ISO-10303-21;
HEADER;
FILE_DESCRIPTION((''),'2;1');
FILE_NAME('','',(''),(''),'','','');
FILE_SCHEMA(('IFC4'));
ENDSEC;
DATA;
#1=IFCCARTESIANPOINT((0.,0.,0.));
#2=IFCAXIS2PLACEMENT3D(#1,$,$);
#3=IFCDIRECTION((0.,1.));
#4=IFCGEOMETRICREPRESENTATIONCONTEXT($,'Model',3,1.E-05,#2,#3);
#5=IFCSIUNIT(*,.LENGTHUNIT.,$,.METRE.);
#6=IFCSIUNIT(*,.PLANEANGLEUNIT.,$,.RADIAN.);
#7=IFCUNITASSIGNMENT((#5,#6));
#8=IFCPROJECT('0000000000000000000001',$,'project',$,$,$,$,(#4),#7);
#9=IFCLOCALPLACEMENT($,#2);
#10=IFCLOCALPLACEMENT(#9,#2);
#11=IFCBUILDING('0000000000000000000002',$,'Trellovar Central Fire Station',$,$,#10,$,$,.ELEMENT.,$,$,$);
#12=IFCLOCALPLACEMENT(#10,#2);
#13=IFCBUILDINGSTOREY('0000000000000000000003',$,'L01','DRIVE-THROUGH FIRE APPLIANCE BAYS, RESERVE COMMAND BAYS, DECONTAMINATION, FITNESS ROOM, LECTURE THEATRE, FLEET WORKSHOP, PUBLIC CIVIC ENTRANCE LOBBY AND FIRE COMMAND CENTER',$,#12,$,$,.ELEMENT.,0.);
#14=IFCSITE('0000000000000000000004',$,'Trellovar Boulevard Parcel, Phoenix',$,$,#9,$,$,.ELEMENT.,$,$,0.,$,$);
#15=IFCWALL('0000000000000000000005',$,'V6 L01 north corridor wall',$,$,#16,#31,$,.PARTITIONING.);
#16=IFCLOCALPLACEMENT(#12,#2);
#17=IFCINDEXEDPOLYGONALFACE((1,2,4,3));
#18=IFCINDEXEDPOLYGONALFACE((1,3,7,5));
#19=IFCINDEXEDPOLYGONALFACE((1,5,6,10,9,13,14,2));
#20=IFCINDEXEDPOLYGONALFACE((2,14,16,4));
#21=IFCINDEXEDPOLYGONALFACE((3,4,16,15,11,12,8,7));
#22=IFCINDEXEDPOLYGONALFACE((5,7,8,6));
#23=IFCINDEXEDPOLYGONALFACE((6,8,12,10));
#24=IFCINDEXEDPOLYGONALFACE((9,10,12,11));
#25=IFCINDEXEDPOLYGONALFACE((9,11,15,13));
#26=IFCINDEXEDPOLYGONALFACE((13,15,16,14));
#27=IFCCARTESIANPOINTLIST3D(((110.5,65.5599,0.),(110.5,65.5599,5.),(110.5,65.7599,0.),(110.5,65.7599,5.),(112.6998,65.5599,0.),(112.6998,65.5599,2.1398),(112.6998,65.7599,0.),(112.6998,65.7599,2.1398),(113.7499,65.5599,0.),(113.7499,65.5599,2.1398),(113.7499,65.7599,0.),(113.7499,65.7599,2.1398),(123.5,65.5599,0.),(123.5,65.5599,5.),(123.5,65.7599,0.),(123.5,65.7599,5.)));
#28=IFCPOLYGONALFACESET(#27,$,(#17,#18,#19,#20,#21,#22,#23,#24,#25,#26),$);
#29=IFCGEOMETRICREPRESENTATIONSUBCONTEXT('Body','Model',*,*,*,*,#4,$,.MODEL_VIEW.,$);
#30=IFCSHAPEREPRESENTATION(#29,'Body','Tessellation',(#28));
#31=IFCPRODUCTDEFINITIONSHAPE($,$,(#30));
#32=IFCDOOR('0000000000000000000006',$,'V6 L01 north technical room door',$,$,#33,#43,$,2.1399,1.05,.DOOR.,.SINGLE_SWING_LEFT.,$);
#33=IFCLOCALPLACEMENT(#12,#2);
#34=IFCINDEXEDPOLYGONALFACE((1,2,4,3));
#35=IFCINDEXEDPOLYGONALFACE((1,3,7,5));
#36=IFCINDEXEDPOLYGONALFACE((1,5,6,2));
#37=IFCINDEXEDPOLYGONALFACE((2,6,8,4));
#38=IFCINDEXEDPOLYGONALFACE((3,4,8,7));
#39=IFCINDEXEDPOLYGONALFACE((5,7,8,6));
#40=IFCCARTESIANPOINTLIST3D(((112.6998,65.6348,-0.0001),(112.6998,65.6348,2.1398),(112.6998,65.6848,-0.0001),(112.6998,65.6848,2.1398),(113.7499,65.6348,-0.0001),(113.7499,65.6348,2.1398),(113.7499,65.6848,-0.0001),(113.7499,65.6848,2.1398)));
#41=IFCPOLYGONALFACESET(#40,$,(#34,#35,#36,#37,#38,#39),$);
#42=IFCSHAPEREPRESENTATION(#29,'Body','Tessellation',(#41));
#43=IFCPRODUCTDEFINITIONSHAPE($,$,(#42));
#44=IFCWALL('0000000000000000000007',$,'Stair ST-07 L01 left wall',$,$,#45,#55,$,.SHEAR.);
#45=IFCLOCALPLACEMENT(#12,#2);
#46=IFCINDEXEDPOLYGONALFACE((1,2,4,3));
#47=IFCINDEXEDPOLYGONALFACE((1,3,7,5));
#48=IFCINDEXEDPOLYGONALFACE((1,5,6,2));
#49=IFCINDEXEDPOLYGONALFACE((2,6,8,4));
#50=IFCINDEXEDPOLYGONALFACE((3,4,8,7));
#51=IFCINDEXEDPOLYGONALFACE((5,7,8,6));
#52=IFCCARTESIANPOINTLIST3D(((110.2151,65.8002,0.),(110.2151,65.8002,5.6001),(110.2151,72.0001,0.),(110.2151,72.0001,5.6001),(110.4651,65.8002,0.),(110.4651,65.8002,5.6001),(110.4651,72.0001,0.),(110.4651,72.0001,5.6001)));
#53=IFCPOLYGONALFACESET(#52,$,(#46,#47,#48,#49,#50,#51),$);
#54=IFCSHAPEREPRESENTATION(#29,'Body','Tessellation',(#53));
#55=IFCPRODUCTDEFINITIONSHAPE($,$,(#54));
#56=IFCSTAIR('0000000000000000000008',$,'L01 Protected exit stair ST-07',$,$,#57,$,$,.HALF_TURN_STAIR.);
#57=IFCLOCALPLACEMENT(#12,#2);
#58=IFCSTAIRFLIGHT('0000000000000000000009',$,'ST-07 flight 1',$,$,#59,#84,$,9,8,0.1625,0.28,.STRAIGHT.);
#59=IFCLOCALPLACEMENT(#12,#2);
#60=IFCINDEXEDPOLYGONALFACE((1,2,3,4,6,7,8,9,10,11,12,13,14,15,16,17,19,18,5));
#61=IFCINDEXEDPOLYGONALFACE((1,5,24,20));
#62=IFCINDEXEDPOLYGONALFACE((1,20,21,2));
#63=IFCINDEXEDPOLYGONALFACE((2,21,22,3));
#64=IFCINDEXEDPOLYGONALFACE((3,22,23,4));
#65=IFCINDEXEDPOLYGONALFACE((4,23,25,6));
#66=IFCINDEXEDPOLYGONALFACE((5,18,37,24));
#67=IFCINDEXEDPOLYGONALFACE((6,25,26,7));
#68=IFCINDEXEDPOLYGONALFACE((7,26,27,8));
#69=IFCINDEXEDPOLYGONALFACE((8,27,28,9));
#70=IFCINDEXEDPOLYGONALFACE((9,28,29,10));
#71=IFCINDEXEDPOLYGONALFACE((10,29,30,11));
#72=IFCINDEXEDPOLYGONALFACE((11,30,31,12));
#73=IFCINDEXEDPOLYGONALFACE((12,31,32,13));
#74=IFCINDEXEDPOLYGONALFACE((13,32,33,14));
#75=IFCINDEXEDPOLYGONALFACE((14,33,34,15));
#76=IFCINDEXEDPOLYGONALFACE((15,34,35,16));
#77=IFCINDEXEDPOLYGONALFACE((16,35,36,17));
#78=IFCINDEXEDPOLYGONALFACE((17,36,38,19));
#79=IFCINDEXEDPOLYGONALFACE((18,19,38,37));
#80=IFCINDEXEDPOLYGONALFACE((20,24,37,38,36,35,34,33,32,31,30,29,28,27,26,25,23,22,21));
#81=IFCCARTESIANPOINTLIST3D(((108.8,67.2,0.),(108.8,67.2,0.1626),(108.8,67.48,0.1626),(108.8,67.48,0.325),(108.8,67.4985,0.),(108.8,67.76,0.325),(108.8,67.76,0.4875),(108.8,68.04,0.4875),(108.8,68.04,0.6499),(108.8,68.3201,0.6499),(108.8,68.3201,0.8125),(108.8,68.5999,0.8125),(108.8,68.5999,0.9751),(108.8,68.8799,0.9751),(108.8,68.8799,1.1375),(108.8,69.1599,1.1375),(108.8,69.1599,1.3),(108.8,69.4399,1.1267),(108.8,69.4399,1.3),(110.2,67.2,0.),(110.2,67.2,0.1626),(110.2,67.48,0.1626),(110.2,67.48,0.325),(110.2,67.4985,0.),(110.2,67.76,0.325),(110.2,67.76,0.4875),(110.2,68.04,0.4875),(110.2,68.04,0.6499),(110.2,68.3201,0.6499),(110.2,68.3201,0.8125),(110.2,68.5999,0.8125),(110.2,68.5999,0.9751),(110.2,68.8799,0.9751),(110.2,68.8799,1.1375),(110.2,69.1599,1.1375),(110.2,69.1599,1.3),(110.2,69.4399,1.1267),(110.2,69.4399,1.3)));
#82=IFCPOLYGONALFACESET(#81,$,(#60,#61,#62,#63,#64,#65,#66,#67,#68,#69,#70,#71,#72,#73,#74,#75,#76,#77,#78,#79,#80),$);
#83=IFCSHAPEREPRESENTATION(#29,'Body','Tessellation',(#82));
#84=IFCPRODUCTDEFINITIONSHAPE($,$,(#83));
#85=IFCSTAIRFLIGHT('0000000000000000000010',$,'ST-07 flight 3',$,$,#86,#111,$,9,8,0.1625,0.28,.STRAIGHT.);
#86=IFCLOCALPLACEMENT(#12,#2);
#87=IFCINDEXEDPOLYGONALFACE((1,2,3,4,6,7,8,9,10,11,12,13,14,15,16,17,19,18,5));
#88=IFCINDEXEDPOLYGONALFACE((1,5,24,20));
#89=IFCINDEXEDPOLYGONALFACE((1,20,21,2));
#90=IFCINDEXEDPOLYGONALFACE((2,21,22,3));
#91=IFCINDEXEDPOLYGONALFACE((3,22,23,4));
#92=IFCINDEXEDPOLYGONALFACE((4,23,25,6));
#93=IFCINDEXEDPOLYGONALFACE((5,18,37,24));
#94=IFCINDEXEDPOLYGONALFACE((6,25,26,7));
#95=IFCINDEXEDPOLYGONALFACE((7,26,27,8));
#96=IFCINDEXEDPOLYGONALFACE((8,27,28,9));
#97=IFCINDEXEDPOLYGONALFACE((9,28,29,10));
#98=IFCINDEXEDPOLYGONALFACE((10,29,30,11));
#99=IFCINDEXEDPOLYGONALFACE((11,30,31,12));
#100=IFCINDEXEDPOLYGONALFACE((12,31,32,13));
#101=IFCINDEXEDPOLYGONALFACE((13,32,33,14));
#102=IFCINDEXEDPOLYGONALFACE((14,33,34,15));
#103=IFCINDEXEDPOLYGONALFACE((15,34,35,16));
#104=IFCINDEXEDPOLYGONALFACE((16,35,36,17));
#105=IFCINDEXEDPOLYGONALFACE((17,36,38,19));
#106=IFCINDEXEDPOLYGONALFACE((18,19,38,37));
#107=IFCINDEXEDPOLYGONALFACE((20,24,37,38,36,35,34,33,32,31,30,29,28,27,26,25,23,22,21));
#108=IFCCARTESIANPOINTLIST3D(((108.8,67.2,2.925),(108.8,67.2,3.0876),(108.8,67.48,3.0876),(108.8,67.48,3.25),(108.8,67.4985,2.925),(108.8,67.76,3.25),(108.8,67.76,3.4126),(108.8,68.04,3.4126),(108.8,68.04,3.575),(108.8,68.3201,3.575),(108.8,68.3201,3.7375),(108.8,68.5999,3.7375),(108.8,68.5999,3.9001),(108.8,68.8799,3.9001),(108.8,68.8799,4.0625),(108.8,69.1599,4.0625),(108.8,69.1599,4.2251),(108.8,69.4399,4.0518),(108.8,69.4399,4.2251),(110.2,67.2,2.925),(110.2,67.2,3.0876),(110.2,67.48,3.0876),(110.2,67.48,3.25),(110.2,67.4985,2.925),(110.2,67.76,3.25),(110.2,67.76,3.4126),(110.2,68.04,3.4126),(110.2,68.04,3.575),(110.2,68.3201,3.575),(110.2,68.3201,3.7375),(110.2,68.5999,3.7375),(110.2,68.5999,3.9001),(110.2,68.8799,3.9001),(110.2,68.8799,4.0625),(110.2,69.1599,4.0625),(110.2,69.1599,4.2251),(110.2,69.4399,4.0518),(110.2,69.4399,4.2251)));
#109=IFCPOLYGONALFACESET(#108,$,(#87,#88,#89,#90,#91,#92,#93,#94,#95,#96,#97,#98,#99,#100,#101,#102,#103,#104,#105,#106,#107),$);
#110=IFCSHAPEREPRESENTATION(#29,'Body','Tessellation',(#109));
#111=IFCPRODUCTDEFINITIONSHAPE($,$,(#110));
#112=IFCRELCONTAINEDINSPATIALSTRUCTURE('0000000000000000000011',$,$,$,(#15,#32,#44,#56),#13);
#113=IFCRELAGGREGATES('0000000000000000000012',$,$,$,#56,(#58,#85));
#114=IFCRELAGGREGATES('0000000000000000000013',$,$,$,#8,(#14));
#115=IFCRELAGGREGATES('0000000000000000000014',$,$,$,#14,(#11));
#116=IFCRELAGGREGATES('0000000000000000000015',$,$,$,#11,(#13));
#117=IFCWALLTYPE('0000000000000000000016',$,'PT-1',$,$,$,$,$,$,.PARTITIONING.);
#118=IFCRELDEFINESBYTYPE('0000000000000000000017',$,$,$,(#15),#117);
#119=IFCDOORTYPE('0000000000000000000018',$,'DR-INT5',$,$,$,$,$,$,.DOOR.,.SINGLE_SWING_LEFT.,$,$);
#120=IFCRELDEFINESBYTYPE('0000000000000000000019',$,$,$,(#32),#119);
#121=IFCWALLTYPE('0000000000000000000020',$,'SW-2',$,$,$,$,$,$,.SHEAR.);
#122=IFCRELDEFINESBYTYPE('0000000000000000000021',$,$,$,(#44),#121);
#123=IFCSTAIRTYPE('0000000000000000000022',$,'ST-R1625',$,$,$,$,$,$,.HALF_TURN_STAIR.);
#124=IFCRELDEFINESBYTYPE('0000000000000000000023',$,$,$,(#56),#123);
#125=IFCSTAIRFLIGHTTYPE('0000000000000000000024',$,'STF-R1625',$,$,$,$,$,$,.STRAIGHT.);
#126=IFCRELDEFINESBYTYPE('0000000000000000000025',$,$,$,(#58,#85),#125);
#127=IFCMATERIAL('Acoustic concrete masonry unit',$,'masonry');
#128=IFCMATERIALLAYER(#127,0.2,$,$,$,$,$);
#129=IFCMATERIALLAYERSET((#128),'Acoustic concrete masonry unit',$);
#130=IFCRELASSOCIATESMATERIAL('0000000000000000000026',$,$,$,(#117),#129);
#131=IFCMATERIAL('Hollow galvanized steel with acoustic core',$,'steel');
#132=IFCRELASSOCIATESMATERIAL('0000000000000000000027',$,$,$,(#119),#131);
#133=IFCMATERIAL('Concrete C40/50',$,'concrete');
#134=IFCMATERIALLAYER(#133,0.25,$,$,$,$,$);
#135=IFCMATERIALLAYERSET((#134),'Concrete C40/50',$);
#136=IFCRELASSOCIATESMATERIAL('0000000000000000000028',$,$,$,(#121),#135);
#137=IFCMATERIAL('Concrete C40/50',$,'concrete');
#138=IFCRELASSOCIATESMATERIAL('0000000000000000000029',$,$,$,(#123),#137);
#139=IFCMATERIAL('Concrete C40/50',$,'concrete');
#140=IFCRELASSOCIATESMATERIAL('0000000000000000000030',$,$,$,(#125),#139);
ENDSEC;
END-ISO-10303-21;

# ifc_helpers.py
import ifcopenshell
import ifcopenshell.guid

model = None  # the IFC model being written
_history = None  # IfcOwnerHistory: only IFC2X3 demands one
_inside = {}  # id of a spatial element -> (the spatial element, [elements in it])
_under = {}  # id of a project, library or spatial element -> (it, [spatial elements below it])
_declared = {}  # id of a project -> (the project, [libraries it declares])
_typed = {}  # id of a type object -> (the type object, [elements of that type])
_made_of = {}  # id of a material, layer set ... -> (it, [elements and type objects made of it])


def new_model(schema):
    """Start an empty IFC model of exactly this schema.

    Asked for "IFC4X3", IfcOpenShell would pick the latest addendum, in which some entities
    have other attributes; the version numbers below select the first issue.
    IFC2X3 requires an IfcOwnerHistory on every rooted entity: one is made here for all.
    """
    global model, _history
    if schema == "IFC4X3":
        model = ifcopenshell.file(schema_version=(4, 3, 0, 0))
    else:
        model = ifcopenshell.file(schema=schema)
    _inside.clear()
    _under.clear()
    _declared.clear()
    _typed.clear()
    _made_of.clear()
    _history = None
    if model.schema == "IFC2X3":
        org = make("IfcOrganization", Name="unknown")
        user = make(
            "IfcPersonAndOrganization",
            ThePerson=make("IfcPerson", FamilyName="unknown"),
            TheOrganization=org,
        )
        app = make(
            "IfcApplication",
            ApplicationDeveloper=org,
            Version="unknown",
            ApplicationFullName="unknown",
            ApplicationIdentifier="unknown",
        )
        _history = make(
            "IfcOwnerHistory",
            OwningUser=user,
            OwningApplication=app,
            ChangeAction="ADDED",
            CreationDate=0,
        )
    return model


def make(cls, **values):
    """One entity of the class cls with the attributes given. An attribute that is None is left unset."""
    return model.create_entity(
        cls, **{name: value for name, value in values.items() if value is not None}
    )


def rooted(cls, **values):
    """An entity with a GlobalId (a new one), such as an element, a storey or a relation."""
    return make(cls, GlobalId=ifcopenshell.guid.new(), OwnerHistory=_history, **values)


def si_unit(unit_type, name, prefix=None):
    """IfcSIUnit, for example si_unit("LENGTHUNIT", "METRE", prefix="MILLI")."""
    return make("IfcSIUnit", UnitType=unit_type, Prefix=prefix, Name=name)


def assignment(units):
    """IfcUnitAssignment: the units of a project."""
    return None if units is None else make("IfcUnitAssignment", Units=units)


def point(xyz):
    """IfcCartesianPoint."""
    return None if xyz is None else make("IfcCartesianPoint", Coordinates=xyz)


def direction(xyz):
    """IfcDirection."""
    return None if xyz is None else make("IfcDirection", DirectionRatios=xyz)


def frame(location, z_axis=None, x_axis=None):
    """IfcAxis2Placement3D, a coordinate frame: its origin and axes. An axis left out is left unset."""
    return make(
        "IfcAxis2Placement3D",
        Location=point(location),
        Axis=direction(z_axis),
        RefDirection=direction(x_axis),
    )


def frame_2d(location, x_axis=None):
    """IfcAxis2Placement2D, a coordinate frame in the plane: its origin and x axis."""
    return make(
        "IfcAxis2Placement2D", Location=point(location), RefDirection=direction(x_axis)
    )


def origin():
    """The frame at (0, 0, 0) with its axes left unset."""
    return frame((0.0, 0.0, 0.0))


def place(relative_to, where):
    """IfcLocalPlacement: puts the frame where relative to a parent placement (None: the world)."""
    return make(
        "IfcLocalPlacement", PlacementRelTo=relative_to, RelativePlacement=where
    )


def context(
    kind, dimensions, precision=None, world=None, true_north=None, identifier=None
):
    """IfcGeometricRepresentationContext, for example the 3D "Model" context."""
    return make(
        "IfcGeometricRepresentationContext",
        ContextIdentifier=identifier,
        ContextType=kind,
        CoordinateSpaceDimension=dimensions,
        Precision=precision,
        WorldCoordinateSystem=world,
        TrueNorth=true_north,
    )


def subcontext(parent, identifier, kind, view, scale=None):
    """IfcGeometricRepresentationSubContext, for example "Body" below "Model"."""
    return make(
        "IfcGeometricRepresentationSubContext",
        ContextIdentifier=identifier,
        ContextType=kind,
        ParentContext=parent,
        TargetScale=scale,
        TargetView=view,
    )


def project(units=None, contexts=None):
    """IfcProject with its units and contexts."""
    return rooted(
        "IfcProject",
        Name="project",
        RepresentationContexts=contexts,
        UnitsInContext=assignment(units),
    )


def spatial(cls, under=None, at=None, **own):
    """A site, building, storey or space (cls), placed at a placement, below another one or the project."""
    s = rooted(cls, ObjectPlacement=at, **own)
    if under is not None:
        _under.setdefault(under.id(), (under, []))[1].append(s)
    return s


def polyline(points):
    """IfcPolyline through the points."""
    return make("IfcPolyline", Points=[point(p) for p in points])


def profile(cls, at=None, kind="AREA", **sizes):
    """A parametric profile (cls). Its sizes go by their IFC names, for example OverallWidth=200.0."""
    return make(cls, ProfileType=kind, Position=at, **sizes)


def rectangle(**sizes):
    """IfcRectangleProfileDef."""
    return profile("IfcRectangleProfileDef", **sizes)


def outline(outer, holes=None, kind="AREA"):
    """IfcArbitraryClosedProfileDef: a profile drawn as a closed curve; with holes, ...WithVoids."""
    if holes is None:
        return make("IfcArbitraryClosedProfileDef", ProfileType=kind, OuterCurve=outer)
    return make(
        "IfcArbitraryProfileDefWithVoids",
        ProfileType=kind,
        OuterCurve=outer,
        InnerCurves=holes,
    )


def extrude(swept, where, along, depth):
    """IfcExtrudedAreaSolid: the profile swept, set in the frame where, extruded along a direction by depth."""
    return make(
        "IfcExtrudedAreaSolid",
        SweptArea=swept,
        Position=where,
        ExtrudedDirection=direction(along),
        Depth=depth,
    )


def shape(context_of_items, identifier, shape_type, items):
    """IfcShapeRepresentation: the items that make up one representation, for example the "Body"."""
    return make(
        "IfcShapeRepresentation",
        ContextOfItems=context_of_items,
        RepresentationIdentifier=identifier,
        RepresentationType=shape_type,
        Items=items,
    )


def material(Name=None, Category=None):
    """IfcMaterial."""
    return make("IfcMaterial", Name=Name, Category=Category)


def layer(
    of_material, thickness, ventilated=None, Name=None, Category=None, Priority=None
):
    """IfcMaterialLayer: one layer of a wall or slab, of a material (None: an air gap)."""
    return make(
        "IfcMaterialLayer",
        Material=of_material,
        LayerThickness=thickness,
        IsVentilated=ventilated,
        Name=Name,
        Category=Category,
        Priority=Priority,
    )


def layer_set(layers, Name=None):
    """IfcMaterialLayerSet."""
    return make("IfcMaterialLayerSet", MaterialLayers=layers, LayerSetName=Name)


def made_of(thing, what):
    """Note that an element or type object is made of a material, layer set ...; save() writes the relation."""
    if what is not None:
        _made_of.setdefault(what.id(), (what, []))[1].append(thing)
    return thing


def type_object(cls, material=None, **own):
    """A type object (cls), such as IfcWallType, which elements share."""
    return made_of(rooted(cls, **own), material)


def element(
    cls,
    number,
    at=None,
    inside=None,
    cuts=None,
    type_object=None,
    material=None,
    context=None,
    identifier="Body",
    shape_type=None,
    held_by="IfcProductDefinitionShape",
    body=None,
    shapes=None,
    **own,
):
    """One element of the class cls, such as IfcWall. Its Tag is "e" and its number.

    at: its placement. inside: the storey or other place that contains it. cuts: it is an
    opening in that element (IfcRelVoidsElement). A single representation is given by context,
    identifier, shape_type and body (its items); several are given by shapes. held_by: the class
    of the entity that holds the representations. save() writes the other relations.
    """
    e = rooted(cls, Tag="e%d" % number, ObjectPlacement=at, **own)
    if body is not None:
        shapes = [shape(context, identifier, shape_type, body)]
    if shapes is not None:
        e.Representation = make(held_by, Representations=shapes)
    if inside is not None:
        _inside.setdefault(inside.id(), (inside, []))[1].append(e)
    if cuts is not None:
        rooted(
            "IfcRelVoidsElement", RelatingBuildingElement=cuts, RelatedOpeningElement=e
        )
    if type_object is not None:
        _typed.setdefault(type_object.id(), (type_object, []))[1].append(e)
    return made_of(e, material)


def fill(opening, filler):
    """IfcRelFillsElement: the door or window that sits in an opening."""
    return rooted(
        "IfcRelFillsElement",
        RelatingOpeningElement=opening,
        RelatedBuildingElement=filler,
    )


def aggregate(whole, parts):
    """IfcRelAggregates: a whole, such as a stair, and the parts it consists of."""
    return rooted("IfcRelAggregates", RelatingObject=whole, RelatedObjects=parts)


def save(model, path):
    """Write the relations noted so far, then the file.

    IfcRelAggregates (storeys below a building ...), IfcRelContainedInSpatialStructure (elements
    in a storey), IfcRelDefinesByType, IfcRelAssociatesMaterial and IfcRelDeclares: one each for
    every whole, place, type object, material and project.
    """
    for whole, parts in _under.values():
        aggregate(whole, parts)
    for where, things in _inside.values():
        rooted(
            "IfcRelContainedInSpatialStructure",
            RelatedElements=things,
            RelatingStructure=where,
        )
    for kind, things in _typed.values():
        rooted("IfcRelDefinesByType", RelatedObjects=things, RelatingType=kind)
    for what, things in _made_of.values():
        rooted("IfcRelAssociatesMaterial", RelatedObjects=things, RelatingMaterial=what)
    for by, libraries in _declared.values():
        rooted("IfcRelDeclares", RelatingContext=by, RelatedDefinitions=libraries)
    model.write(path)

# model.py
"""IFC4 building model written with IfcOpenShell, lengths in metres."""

from ifc_helpers import new_model, si_unit, direction, frame, frame_2d, origin, place, context, subcontext, project, spatial, polyline, rectangle, outline, extrude, material, layer, layer_set, type_object, element, fill, aggregate, save


model = new_model("IFC4")

# Units and contexts
model_context = context("Model", 3, precision=1e-05, world=origin(), true_north=direction((0.0, 1.0)))
body_context = subcontext(model_context, "Body", "Model", "MODEL_VIEW")
ifc_project = project(units=[si_unit("LENGTHUNIT", "METRE"), si_unit("PLANEANGLEUNIT", "RADIAN")], contexts=[model_context])

# Site, building, storey
site_placement = place(None, origin())
site = spatial("IfcSite", under=ifc_project, at=site_placement, Name="Trellovar Boulevard Parcel, Phoenix", CompositionType="ELEMENT", RefElevation=0.0)
building_placement = place(site_placement, origin())
building = spatial("IfcBuilding", under=site, at=building_placement, Name="Trellovar Central Fire Station", CompositionType="ELEMENT")
storey_placement = place(building_placement, origin())
storey = spatial("IfcBuildingStorey", under=building, at=storey_placement, Name="L01", Description="DRIVE-THROUGH FIRE APPLIANCE BAYS, RESERVE COMMAND BAYS, DECONTAMINATION, FITNESS ROOM, LECTURE THEATRE, FLEET WORKSHOP, PUBLIC CIVIC ENTRANCE LOBBY AND FIRE COMMAND CENTER", CompositionType="ELEMENT", Elevation=0.0)

# Wall, opening, door
ifc_material_1 = material(Name="Acoustic concrete masonry unit", Category="masonry")
ifc_layer_1 = layer(ifc_material_1, 0.2)
ifc_layer_set_1 = layer_set([ifc_layer_1], Name="Acoustic concrete masonry unit")
wall_type_1 = type_object("IfcWallType", Name="PT-1", PredefinedType="PARTITIONING", material=ifc_layer_set_1)
wall_1_placement = place(storey_placement, frame((110.5, 65.6599, 0.0), z_axis=(0.0, 0.0, 1.0), x_axis=(1.0, 0.0, 0.0)))
wall_1 = element("IfcWall", 1, at=wall_1_placement, inside=storey, type_object=wall_type_1, Name="V6 L01 north corridor wall", PredefinedType="PARTITIONING", context=body_context, shape_type="SweptSolid", body=[
    extrude(rectangle(XDim=13.0, YDim=0.2, at=frame_2d((6.5, 0.0))), origin(), (0.0, 0.0, 1.0), 5.0),
])
opening_1_placement = place(wall_1_placement, frame((2.2, 0.0, 0.0)))
opening_1 = element("IfcOpeningElement", 2, at=opening_1_placement, cuts=wall_1, PredefinedType="OPENING", context=body_context, shape_type="SweptSolid", body=[
    extrude(rectangle(XDim=1.05, YDim=2.1399, at=frame_2d((0.5249, 1.0698))), frame((0.0, 0.1099, 0.0), z_axis=(0.0, -1.0, 0.0), x_axis=(1.0, 0.0, 0.0)), (0.0, 0.0, 1.0), 0.22),
])
ifc_material_2 = material(Name="Hollow galvanized steel with acoustic core", Category="steel")
door_type_1 = type_object("IfcDoorType", Name="DR-INT5", OperationType="SINGLE_SWING_LEFT", PredefinedType="DOOR", material=ifc_material_2)
door_1_placement = place(opening_1_placement, origin())
door_1 = element("IfcDoor", 3, at=door_1_placement, inside=storey, type_object=door_type_1, Name="V6 L01 north technical room door", OperationType="SINGLE_SWING_LEFT", OverallHeight=2.1399, OverallWidth=1.05, PredefinedType="DOOR", context=body_context, shape_type="SweptSolid", body=[
    extrude(rectangle(XDim=1.05, YDim=2.1399, at=frame_2d((0.5249, 1.0698))), frame((0.0, 0.0249, 0.0), z_axis=(0.0, -1.0, 0.0), x_axis=(1.0, 0.0, 0.0)), (0.0, 0.0, 1.0), 0.05),
])
fill(opening_1, door_1)

# Wall
ifc_material_3 = material(Name="Concrete C40/50", Category="concrete")
ifc_layer_2 = layer(ifc_material_3, 0.25)
ifc_layer_set_2 = layer_set([ifc_layer_2], Name="Concrete C40/50")
wall_type_2 = type_object("IfcWallType", Name="SW-2", PredefinedType="SHEAR", material=ifc_layer_set_2)
wall_2_placement = place(storey_placement, frame((110.3401, 65.8, 0.0), z_axis=(0.0, 0.0, 1.0), x_axis=(0.0, 1.0, 0.0)))
element("IfcWall", 4, at=wall_2_placement, inside=storey, type_object=wall_type_2, Name="Stair ST-07 L01 left wall", PredefinedType="SHEAR", context=body_context, shape_type="SweptSolid", body=[
    extrude(rectangle(XDim=6.2, YDim=0.25, at=frame_2d((3.1001, 0.0))), origin(), (0.0, 0.0, 1.0), 5.6001),
])

# Stair, stair flights
ifc_material_4 = material(Name="Concrete C40/50", Category="concrete")
stair_type = type_object("IfcStairType", Name="ST-R1625", PredefinedType="HALF_TURN_STAIR", material=ifc_material_4)
stair_placement = place(storey_placement, origin())
stair = element("IfcStair", 5, at=stair_placement, inside=storey, type_object=stair_type, Name="L01 Protected exit stair ST-07", PredefinedType="HALF_TURN_STAIR")
ifc_material_5 = material(Name="Concrete C40/50", Category="concrete")
stair_flight_type = type_object("IfcStairFlightType", Name="STF-R1625", PredefinedType="STRAIGHT", material=ifc_material_5)
stair_flight_1_placement = place(storey_placement, frame((109.5, 67.2, 0.0), z_axis=(0.0, 0.0, 1.0), x_axis=(0.0, 1.0, 0.0)))
stair_flight_1 = element("IfcStairFlight", 6, at=stair_flight_1_placement, type_object=stair_flight_type, Name="ST-07 flight 1", NumberOfRisers=9, NumberOfTreads=8, PredefinedType="STRAIGHT", RiserHeight=0.1625, TreadLength=0.28, context=body_context, shape_type="SweptSolid", body=[
    extrude(outline(polyline([(0.0, 0.0), (0.0, 0.1626), (0.28, 0.1626), (0.28, 0.325), (0.5601, 0.325), (0.5601, 0.4875), (0.8401, 0.4875), (0.8401, 0.6499), (1.1201, 0.6499), (1.1201, 0.8125), (1.3999, 0.8125), (1.3999, 0.9751), (1.6799, 0.9751), (1.6799, 1.1375), (1.96, 1.1375), (1.96, 1.3), (2.24, 1.3), (2.24, 1.4624), (2.24, 1.1267), (0.2986, 0.0), (0.0, 0.0)])), frame((0.0, 0.7, 0.0), z_axis=(0.0, -1.0, 0.0), x_axis=(1.0, 0.0, 0.0)), (0.0, 0.0, 1.0), 1.3999),
])
stair_flight_2_placement = place(storey_placement, frame((109.5, 67.2, 2.925), z_axis=(0.0, 0.0, 1.0), x_axis=(0.0, 1.0, 0.0)))
stair_flight_2 = element("IfcStairFlight", 7, at=stair_flight_2_placement, type_object=stair_flight_type, Name="ST-07 flight 3", NumberOfRisers=9, NumberOfTreads=8, PredefinedType="STRAIGHT", RiserHeight=0.1625, TreadLength=0.28, context=body_context, shape_type="SweptSolid", body=[
    extrude(outline(polyline([(0.0, 0.0), (0.0, 0.1626), (0.28, 0.1626), (0.28, 0.325), (0.5601, 0.325), (0.5601, 0.4875), (0.8401, 0.4875), (0.8401, 0.6499), (1.1201, 0.6499), (1.1201, 0.8125), (1.3999, 0.8125), (1.3999, 0.9751), (1.6799, 0.9751), (1.6799, 1.1375), (1.96, 1.1375), (1.96, 1.3), (2.24, 1.3), (2.24, 1.4624), (2.24, 1.1267), (0.2986, 0.0), (0.0, 0.0)])), frame((0.0, 0.7, 0.0), z_axis=(0.0, -1.0, 0.0), x_axis=(1.0, 0.0, 0.0)), (0.0, 0.0, 1.0), 1.3999),
])
aggregate(stair, [stair_flight_1, stair_flight_2])

save(model, "model.ifc")
